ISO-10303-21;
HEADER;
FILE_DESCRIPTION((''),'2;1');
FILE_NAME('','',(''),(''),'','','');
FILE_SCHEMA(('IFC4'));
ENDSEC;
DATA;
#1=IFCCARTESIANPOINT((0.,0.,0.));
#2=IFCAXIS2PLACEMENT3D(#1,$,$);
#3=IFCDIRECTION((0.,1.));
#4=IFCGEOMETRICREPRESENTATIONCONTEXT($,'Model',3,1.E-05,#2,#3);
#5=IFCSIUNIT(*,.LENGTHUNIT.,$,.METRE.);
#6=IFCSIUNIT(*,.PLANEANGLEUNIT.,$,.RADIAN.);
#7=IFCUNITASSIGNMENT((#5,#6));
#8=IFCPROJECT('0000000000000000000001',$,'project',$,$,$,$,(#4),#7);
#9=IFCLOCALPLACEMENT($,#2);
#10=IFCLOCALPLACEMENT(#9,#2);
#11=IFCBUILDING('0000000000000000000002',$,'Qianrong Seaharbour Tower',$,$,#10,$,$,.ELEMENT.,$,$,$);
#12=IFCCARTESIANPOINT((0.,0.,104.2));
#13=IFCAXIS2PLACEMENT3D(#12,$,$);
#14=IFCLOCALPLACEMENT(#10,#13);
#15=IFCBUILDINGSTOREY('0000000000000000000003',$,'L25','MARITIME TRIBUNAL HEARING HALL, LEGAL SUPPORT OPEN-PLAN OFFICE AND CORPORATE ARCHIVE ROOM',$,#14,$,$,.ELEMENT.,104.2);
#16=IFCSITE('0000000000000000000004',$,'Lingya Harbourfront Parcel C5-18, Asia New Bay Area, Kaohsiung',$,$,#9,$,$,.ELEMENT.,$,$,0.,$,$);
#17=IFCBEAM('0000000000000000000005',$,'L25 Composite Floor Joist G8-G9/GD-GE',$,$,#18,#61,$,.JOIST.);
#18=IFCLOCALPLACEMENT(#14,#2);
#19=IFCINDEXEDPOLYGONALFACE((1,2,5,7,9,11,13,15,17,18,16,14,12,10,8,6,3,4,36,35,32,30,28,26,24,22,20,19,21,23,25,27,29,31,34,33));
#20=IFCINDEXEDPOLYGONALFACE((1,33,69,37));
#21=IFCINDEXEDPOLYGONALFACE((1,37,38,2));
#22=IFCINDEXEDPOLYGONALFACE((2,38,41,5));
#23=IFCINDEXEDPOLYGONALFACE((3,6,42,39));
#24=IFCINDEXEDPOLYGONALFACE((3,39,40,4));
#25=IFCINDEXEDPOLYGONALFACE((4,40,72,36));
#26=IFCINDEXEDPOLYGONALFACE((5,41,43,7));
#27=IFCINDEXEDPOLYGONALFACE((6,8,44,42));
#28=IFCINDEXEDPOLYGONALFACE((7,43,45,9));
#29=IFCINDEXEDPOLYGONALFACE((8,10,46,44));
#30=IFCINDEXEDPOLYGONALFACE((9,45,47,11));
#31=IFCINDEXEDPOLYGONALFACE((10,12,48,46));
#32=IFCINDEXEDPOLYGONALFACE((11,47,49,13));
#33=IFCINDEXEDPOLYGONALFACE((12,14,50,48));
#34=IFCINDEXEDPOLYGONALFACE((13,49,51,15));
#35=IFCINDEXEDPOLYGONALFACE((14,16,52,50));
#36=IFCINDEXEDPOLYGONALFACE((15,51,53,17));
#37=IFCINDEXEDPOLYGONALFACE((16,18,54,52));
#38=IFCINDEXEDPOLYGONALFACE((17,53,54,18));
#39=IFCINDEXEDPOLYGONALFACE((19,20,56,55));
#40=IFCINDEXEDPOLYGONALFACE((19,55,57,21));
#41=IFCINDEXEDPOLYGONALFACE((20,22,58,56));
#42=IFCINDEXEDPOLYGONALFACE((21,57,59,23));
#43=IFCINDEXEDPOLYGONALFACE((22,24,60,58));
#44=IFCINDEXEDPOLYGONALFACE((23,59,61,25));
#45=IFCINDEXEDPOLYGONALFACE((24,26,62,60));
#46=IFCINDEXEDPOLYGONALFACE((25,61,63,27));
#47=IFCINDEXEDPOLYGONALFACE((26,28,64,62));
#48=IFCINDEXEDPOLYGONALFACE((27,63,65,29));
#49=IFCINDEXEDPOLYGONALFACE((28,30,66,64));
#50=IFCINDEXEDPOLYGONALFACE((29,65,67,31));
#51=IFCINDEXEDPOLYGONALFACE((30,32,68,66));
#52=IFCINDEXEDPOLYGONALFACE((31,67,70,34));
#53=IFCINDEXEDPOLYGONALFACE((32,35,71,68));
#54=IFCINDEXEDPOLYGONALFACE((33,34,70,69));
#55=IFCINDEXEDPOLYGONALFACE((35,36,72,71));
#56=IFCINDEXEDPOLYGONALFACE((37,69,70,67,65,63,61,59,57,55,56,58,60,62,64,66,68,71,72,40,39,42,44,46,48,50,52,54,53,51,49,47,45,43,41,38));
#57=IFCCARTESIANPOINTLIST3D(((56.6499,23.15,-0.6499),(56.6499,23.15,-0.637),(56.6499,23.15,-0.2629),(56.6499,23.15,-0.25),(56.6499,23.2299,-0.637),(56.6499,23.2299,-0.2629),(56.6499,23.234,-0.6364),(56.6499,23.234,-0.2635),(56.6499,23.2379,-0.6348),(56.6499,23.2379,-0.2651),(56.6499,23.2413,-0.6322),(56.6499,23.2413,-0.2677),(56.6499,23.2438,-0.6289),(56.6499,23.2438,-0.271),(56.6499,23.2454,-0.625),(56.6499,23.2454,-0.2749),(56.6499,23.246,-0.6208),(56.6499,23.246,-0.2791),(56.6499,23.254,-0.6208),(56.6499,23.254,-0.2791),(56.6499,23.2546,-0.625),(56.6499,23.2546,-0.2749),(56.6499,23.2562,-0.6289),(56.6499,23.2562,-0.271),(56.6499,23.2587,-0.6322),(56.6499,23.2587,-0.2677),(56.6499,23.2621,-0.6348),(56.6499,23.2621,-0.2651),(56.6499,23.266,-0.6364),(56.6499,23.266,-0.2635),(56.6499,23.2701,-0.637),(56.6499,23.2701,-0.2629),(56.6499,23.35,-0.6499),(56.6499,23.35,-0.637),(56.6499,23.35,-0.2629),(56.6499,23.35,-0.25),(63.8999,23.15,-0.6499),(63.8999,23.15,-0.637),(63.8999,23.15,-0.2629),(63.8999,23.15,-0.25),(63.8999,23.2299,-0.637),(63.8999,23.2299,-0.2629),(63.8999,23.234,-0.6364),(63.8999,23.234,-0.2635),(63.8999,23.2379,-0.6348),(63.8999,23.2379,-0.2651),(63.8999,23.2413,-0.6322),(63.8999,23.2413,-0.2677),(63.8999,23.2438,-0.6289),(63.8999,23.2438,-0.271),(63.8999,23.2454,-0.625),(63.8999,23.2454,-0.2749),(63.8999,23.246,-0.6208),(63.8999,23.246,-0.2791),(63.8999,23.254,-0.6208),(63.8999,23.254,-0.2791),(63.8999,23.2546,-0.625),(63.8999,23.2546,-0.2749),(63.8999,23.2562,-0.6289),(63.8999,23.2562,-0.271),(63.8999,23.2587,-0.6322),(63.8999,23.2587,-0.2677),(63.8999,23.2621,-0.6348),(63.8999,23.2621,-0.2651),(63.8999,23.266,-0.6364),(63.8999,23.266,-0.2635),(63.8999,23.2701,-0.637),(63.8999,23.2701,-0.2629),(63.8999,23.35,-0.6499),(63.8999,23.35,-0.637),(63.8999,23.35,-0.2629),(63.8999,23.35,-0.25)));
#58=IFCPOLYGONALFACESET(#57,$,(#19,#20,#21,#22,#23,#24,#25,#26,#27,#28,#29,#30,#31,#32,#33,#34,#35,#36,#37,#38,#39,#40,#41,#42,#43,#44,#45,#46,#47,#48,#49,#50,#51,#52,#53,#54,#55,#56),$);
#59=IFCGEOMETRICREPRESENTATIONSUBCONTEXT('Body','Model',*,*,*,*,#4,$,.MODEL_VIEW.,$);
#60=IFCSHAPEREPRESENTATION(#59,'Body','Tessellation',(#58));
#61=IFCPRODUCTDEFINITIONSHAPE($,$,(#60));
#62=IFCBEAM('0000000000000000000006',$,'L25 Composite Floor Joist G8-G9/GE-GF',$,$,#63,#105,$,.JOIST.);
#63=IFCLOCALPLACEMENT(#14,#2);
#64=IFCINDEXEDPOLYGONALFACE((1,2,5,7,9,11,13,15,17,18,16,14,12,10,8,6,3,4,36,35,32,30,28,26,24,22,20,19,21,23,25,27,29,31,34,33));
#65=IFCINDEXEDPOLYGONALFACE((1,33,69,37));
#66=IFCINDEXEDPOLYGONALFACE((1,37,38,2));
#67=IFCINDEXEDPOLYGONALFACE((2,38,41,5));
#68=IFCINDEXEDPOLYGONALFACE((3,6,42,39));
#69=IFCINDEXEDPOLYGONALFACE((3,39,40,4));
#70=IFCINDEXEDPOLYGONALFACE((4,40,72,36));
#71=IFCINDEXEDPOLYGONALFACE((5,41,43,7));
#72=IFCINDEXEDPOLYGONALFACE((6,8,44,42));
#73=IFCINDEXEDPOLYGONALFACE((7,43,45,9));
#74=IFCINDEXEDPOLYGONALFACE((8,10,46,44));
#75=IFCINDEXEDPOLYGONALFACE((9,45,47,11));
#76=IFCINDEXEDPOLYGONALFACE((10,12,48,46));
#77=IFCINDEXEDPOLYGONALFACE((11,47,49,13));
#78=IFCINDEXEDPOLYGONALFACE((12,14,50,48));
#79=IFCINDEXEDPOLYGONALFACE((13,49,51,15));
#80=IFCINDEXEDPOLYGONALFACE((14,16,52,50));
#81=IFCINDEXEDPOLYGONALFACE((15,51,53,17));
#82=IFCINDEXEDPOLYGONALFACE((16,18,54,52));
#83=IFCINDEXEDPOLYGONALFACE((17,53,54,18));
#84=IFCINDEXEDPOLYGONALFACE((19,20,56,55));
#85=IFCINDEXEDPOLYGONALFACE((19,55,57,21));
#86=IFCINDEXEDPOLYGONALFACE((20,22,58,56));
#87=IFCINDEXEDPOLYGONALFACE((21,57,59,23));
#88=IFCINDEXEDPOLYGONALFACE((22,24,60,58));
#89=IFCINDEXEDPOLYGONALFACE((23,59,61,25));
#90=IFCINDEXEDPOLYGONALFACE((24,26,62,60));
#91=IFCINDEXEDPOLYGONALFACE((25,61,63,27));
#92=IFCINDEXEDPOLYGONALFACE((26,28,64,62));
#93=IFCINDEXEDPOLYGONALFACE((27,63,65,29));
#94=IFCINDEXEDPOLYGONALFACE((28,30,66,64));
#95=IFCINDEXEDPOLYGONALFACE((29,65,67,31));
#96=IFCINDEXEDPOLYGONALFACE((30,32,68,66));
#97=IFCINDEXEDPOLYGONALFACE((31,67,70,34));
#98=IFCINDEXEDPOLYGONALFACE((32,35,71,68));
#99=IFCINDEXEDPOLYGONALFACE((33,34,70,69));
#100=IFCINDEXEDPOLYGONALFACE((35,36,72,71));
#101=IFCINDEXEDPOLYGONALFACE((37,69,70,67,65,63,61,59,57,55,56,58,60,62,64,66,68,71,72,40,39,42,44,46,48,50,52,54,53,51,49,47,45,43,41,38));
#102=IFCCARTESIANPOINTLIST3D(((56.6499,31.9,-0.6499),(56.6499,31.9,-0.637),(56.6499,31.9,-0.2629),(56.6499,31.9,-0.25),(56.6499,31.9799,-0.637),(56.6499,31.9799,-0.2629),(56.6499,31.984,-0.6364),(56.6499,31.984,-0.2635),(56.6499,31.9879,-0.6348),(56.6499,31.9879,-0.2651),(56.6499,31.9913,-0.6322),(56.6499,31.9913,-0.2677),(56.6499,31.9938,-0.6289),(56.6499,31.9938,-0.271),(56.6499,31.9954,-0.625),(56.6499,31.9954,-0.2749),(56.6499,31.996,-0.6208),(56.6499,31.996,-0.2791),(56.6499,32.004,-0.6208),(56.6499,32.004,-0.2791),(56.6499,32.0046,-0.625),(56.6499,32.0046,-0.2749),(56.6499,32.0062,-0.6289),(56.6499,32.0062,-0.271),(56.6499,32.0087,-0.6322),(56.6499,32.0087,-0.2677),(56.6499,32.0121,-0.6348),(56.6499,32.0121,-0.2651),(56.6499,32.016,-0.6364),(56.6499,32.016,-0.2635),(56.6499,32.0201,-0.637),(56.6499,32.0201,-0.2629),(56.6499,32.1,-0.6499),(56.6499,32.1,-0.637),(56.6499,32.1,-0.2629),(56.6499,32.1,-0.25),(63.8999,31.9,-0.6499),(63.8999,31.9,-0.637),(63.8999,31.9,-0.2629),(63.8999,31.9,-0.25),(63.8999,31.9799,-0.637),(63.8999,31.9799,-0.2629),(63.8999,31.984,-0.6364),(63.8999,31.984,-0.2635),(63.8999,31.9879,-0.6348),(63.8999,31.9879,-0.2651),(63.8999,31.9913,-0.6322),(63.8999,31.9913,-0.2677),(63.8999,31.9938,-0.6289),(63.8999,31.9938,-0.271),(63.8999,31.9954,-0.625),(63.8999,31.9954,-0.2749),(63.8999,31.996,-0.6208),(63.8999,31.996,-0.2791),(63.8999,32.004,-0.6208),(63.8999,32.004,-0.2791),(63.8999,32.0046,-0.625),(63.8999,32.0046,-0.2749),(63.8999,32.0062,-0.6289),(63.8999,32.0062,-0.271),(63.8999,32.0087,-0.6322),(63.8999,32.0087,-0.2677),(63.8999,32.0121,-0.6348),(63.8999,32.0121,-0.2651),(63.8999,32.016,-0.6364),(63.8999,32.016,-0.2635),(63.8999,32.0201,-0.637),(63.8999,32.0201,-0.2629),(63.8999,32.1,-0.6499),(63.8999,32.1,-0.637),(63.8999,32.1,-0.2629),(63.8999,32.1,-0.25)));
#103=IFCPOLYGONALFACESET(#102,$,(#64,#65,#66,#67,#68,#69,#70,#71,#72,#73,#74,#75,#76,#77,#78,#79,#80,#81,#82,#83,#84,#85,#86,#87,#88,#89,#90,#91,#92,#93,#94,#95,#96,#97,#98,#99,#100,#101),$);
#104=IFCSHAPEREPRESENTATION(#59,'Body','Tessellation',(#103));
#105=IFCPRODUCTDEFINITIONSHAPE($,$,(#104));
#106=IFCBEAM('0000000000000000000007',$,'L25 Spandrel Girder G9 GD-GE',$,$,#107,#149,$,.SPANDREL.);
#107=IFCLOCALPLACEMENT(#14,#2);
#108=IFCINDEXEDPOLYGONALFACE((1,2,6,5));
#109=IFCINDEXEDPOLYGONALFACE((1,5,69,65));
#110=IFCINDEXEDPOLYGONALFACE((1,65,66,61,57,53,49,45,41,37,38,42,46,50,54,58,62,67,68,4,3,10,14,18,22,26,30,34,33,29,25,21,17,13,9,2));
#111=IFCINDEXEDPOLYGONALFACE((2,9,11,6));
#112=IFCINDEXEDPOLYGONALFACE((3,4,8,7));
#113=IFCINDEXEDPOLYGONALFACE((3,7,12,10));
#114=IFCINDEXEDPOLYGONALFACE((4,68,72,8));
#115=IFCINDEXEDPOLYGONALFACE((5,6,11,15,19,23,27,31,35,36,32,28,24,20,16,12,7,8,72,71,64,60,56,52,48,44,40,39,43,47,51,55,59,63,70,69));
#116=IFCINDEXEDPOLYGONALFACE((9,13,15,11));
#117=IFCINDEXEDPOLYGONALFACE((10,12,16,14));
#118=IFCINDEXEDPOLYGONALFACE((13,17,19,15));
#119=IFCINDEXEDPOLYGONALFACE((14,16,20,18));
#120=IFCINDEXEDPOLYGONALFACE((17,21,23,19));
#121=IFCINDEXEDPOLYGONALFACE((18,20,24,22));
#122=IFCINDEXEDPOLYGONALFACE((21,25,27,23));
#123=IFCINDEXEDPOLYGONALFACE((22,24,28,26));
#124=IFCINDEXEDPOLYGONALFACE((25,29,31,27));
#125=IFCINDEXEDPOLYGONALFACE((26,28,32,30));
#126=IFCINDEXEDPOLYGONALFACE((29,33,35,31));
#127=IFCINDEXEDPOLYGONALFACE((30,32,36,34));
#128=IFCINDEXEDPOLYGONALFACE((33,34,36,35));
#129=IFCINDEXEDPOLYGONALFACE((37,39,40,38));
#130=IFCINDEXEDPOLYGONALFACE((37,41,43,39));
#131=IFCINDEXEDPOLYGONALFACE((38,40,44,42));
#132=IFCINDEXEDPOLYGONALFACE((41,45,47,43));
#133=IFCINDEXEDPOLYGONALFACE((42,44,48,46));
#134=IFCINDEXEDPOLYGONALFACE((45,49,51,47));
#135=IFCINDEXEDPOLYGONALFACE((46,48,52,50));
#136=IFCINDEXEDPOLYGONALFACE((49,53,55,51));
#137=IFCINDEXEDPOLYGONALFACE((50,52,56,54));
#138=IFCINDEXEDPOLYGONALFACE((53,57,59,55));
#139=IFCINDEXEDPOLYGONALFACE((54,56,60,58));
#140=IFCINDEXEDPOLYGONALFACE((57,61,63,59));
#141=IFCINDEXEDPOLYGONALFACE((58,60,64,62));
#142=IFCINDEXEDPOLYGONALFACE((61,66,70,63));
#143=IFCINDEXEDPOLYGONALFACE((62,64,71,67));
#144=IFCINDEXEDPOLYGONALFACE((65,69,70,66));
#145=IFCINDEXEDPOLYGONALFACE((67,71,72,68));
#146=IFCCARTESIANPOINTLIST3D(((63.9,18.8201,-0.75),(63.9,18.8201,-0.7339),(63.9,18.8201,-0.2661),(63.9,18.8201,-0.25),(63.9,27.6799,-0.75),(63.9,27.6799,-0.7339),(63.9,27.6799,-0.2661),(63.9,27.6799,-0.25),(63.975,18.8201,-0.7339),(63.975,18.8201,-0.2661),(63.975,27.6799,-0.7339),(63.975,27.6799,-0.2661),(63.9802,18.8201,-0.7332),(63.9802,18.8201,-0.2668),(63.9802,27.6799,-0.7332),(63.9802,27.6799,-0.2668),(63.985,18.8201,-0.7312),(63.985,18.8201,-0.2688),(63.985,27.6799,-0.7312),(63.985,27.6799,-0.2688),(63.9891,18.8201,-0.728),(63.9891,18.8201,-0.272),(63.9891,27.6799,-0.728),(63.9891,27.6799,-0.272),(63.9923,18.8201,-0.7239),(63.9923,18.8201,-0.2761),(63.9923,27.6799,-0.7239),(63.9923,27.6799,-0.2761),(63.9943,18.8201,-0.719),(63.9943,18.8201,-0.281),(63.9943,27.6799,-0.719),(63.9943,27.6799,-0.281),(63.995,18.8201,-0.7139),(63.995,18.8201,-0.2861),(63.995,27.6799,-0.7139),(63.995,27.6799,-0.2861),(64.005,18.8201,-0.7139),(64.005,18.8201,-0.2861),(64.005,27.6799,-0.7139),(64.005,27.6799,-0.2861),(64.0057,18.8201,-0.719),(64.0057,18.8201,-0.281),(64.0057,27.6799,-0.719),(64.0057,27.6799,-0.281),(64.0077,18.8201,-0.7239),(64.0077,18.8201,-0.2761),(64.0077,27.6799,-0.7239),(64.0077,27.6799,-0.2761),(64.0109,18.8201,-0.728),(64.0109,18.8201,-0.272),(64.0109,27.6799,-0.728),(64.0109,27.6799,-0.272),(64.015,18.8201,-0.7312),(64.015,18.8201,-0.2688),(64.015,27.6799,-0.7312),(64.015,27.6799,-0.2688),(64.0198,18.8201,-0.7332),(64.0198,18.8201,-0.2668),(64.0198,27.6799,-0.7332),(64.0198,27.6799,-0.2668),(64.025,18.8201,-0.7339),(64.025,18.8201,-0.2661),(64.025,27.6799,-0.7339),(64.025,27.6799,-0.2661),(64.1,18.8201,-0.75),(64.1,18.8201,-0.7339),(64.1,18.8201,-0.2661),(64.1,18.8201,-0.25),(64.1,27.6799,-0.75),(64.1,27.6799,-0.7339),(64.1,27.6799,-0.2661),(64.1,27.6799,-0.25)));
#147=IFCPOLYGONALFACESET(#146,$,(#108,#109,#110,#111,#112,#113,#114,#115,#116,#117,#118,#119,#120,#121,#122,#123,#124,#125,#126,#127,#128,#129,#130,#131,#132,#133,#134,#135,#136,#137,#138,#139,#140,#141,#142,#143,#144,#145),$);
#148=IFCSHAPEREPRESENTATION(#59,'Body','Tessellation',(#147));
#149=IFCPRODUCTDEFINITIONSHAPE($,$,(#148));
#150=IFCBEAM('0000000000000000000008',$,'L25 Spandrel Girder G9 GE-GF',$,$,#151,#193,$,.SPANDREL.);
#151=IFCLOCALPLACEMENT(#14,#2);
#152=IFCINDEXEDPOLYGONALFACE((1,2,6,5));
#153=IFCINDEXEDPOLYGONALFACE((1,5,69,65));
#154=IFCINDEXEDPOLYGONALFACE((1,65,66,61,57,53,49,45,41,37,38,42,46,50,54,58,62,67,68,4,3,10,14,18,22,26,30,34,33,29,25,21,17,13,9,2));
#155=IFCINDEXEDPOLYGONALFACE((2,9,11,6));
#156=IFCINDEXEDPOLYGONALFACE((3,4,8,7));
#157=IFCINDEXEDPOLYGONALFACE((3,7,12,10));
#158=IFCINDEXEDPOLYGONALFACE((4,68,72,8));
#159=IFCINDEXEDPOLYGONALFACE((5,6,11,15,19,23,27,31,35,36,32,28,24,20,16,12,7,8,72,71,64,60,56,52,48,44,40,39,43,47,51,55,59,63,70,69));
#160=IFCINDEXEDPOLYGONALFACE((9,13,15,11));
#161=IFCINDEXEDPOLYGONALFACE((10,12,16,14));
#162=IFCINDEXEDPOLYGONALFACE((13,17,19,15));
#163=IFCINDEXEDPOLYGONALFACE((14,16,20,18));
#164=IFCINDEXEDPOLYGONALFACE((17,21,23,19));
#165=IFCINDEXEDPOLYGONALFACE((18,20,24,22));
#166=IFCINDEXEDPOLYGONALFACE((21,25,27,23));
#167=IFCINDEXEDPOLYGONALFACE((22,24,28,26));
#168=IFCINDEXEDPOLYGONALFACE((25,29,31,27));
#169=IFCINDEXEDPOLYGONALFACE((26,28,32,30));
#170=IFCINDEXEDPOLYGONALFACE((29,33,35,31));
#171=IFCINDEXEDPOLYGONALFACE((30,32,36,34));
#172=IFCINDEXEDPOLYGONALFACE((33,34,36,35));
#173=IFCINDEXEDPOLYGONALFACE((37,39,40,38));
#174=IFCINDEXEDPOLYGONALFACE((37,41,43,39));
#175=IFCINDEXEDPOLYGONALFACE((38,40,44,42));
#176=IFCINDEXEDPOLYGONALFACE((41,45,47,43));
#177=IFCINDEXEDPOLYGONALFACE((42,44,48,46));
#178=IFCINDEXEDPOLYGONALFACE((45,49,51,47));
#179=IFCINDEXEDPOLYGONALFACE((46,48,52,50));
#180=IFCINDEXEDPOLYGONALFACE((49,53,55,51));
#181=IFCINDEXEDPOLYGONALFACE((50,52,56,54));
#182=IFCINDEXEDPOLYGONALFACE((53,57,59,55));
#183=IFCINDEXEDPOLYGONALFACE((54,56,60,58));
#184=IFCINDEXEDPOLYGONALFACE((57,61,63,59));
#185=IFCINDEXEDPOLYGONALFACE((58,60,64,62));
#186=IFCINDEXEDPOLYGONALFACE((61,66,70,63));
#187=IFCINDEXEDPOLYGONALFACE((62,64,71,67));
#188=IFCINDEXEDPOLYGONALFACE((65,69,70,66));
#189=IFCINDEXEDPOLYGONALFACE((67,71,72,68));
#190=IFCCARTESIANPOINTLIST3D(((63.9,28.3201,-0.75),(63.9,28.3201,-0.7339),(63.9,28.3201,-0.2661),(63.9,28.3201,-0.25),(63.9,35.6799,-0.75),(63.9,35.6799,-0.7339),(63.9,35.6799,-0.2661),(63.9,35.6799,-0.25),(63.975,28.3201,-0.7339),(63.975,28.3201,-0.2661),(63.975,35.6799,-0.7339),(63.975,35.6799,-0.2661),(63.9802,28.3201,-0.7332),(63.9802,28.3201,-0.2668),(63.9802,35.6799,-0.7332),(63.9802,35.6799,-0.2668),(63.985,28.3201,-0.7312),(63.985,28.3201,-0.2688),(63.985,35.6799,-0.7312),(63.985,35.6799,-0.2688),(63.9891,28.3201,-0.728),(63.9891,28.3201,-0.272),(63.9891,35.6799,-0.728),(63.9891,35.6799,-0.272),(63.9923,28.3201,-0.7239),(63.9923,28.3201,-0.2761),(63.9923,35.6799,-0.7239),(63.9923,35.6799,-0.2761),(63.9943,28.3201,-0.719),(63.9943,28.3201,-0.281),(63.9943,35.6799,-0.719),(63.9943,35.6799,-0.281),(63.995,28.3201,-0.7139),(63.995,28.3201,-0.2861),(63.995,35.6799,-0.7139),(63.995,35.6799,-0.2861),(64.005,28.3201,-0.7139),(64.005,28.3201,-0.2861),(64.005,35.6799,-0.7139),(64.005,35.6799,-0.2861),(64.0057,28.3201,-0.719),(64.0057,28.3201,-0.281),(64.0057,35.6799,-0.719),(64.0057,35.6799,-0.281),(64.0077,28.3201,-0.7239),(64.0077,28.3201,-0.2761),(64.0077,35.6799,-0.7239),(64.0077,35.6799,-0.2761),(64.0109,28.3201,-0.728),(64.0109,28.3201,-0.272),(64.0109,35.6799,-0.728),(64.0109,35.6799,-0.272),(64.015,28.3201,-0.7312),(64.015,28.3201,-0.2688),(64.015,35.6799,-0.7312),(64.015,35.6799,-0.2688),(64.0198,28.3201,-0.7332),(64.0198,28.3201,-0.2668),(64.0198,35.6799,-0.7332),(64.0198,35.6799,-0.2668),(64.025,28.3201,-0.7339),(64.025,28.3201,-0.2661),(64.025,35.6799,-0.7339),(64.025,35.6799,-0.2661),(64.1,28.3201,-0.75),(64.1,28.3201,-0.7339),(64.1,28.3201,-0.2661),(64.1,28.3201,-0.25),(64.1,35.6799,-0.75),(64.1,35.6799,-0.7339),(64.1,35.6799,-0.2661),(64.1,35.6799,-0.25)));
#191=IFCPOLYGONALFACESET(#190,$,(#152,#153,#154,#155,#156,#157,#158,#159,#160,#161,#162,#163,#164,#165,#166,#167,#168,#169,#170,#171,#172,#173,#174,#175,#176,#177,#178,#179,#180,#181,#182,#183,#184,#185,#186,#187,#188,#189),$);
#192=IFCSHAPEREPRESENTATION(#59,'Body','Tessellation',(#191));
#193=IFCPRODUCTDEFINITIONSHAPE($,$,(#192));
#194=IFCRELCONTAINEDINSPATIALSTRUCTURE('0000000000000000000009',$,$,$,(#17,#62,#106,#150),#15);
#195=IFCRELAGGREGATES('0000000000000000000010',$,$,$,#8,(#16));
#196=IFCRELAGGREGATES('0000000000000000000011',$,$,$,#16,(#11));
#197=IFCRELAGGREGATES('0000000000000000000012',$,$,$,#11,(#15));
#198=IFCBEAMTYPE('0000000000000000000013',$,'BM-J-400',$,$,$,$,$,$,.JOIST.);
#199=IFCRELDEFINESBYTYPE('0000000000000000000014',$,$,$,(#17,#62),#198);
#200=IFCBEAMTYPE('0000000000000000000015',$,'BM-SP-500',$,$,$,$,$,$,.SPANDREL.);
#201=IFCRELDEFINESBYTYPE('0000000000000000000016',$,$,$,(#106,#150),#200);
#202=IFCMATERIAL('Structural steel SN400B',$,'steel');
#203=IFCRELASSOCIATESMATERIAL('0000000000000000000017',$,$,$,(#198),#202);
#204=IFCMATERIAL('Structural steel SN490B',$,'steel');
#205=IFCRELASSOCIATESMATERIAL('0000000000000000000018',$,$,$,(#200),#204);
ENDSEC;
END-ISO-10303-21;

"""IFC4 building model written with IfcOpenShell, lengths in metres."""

from ifc_helpers import new_model, si_unit, direction, frame, origin, origin_2d, place, context, subcontext, project, spatial, i_section, extrude, material, material_profile, profile_set, type_object, element, save


model = new_model("IFC4")

# Units and contexts
model_context = context("Model", 3, precision=1e-05, world=origin(), true_north=direction((0.0, 1.0)))
body_context = subcontext(model_context, "Body", "Model", "MODEL_VIEW")
ifc_project = project(units=[si_unit("LENGTHUNIT", "METRE"), si_unit("PLANEANGLEUNIT", "RADIAN")], contexts=[model_context])

# Site, building, storey
site_placement = place(None, origin())
site = spatial("IfcSite", under=ifc_project, at=site_placement, Name="Lingya Harbourfront Parcel C5-18, Asia New Bay Area, Kaohsiung", CompositionType="ELEMENT", RefElevation=0.0)
building_placement = place(site_placement, origin())
building = spatial("IfcBuilding", under=site, at=building_placement, Name="Qianrong Seaharbour Tower", CompositionType="ELEMENT")
storey_placement = place(building_placement, frame((0.0, 0.0, 104.2)))
storey = spatial("IfcBuildingStorey", under=building, at=storey_placement, Name="L25", Description="MARITIME TRIBUNAL HEARING HALL, LEGAL SUPPORT OPEN-PLAN OFFICE AND CORPORATE ARCHIVE ROOM", CompositionType="ELEMENT", Elevation=104.2)

# Shared definitions
ifc_material_1 = material(Name="Structural steel SN490B", Category="steel")

# Beams
ifc_material_2 = material(Name="Structural steel SN400B", Category="steel")
ifc_material_profile_1 = material_profile(ifc_material_2, i_section(OverallWidth=0.2, OverallDepth=0.3999, WebThickness=0.0081, FlangeThickness=0.0129, FilletRadius=0.0161, at=origin_2d()), Name="H400x200x8x13")
ifc_profile_set_1 = profile_set([ifc_material_profile_1], Name="Structural steel SN400B")
beam_type_1 = type_object("IfcBeamType", Name="BM-J-400", PredefinedType="JOIST", material=ifc_profile_set_1)
for number, where, z_axis, x_axis, name in (
    (1, (56.6499, 23.25, -0.45), (1.0, 0.0, 0.0), (0.0, 1.0, 0.0), "L25 Composite Floor Joist G8-G9/GD-GE"),
    (2, (56.6499, 32.0, -0.45), (1.0, 0.0, 0.0), (0.0, 1.0, 0.0), "L25 Composite Floor Joist G8-G9/GE-GF"),
):
    element("IfcBeam", number, at=place(storey_placement, frame(where, z_axis=z_axis, x_axis=x_axis)), inside=storey, type_object=beam_type_1, Name=name, PredefinedType="JOIST", context=body_context, shape_type="SweptSolid", body=[
        extrude(i_section(OverallWidth=0.2, OverallDepth=0.3999, WebThickness=0.0081, FlangeThickness=0.0129, FilletRadius=0.0161, at=origin_2d()), origin(), (0.0, 0.0, 1.0), 7.25),
    ])
ifc_material_profile_2 = material_profile(ifc_material_1, i_section(OverallWidth=0.2, OverallDepth=0.5, WebThickness=0.01, FlangeThickness=0.0161, FilletRadius=0.02, at=origin_2d()), Name="H500x200x10x16")
ifc_profile_set_2 = profile_set([ifc_material_profile_2], Name="Structural steel SN490B")
beam_type_2 = type_object("IfcBeamType", Name="BM-SP-500", PredefinedType="SPANDREL", material=ifc_profile_set_2)
beam_1_placement = place(storey_placement, frame((64.0, 18.8201, -0.5), z_axis=(0.0, 1.0, 0.0), x_axis=(-1.0, 0.0, 0.0)))
element("IfcBeam", 3, at=beam_1_placement, inside=storey, type_object=beam_type_2, Name="L25 Spandrel Girder G9 GD-GE", PredefinedType="SPANDREL", context=body_context, shape_type="SweptSolid", body=[
    extrude(i_section(OverallWidth=0.2, OverallDepth=0.5, WebThickness=0.01, FlangeThickness=0.0161, FilletRadius=0.02, at=origin_2d()), origin(), (0.0, 0.0, 1.0), 8.8599),
])
beam_2_placement = place(storey_placement, frame((64.0, 28.3201, -0.5), z_axis=(0.0, 1.0, 0.0), x_axis=(-1.0, 0.0, 0.0)))
element("IfcBeam", 4, at=beam_2_placement, inside=storey, type_object=beam_type_2, Name="L25 Spandrel Girder G9 GE-GF", PredefinedType="SPANDREL", context=body_context, shape_type="SweptSolid", body=[
    extrude(i_section(OverallWidth=0.2, OverallDepth=0.5, WebThickness=0.01, FlangeThickness=0.0161, FilletRadius=0.02, at=origin_2d()), origin(), (0.0, 0.0, 1.0), 7.3599),
])

save(model, "model.ifc")
